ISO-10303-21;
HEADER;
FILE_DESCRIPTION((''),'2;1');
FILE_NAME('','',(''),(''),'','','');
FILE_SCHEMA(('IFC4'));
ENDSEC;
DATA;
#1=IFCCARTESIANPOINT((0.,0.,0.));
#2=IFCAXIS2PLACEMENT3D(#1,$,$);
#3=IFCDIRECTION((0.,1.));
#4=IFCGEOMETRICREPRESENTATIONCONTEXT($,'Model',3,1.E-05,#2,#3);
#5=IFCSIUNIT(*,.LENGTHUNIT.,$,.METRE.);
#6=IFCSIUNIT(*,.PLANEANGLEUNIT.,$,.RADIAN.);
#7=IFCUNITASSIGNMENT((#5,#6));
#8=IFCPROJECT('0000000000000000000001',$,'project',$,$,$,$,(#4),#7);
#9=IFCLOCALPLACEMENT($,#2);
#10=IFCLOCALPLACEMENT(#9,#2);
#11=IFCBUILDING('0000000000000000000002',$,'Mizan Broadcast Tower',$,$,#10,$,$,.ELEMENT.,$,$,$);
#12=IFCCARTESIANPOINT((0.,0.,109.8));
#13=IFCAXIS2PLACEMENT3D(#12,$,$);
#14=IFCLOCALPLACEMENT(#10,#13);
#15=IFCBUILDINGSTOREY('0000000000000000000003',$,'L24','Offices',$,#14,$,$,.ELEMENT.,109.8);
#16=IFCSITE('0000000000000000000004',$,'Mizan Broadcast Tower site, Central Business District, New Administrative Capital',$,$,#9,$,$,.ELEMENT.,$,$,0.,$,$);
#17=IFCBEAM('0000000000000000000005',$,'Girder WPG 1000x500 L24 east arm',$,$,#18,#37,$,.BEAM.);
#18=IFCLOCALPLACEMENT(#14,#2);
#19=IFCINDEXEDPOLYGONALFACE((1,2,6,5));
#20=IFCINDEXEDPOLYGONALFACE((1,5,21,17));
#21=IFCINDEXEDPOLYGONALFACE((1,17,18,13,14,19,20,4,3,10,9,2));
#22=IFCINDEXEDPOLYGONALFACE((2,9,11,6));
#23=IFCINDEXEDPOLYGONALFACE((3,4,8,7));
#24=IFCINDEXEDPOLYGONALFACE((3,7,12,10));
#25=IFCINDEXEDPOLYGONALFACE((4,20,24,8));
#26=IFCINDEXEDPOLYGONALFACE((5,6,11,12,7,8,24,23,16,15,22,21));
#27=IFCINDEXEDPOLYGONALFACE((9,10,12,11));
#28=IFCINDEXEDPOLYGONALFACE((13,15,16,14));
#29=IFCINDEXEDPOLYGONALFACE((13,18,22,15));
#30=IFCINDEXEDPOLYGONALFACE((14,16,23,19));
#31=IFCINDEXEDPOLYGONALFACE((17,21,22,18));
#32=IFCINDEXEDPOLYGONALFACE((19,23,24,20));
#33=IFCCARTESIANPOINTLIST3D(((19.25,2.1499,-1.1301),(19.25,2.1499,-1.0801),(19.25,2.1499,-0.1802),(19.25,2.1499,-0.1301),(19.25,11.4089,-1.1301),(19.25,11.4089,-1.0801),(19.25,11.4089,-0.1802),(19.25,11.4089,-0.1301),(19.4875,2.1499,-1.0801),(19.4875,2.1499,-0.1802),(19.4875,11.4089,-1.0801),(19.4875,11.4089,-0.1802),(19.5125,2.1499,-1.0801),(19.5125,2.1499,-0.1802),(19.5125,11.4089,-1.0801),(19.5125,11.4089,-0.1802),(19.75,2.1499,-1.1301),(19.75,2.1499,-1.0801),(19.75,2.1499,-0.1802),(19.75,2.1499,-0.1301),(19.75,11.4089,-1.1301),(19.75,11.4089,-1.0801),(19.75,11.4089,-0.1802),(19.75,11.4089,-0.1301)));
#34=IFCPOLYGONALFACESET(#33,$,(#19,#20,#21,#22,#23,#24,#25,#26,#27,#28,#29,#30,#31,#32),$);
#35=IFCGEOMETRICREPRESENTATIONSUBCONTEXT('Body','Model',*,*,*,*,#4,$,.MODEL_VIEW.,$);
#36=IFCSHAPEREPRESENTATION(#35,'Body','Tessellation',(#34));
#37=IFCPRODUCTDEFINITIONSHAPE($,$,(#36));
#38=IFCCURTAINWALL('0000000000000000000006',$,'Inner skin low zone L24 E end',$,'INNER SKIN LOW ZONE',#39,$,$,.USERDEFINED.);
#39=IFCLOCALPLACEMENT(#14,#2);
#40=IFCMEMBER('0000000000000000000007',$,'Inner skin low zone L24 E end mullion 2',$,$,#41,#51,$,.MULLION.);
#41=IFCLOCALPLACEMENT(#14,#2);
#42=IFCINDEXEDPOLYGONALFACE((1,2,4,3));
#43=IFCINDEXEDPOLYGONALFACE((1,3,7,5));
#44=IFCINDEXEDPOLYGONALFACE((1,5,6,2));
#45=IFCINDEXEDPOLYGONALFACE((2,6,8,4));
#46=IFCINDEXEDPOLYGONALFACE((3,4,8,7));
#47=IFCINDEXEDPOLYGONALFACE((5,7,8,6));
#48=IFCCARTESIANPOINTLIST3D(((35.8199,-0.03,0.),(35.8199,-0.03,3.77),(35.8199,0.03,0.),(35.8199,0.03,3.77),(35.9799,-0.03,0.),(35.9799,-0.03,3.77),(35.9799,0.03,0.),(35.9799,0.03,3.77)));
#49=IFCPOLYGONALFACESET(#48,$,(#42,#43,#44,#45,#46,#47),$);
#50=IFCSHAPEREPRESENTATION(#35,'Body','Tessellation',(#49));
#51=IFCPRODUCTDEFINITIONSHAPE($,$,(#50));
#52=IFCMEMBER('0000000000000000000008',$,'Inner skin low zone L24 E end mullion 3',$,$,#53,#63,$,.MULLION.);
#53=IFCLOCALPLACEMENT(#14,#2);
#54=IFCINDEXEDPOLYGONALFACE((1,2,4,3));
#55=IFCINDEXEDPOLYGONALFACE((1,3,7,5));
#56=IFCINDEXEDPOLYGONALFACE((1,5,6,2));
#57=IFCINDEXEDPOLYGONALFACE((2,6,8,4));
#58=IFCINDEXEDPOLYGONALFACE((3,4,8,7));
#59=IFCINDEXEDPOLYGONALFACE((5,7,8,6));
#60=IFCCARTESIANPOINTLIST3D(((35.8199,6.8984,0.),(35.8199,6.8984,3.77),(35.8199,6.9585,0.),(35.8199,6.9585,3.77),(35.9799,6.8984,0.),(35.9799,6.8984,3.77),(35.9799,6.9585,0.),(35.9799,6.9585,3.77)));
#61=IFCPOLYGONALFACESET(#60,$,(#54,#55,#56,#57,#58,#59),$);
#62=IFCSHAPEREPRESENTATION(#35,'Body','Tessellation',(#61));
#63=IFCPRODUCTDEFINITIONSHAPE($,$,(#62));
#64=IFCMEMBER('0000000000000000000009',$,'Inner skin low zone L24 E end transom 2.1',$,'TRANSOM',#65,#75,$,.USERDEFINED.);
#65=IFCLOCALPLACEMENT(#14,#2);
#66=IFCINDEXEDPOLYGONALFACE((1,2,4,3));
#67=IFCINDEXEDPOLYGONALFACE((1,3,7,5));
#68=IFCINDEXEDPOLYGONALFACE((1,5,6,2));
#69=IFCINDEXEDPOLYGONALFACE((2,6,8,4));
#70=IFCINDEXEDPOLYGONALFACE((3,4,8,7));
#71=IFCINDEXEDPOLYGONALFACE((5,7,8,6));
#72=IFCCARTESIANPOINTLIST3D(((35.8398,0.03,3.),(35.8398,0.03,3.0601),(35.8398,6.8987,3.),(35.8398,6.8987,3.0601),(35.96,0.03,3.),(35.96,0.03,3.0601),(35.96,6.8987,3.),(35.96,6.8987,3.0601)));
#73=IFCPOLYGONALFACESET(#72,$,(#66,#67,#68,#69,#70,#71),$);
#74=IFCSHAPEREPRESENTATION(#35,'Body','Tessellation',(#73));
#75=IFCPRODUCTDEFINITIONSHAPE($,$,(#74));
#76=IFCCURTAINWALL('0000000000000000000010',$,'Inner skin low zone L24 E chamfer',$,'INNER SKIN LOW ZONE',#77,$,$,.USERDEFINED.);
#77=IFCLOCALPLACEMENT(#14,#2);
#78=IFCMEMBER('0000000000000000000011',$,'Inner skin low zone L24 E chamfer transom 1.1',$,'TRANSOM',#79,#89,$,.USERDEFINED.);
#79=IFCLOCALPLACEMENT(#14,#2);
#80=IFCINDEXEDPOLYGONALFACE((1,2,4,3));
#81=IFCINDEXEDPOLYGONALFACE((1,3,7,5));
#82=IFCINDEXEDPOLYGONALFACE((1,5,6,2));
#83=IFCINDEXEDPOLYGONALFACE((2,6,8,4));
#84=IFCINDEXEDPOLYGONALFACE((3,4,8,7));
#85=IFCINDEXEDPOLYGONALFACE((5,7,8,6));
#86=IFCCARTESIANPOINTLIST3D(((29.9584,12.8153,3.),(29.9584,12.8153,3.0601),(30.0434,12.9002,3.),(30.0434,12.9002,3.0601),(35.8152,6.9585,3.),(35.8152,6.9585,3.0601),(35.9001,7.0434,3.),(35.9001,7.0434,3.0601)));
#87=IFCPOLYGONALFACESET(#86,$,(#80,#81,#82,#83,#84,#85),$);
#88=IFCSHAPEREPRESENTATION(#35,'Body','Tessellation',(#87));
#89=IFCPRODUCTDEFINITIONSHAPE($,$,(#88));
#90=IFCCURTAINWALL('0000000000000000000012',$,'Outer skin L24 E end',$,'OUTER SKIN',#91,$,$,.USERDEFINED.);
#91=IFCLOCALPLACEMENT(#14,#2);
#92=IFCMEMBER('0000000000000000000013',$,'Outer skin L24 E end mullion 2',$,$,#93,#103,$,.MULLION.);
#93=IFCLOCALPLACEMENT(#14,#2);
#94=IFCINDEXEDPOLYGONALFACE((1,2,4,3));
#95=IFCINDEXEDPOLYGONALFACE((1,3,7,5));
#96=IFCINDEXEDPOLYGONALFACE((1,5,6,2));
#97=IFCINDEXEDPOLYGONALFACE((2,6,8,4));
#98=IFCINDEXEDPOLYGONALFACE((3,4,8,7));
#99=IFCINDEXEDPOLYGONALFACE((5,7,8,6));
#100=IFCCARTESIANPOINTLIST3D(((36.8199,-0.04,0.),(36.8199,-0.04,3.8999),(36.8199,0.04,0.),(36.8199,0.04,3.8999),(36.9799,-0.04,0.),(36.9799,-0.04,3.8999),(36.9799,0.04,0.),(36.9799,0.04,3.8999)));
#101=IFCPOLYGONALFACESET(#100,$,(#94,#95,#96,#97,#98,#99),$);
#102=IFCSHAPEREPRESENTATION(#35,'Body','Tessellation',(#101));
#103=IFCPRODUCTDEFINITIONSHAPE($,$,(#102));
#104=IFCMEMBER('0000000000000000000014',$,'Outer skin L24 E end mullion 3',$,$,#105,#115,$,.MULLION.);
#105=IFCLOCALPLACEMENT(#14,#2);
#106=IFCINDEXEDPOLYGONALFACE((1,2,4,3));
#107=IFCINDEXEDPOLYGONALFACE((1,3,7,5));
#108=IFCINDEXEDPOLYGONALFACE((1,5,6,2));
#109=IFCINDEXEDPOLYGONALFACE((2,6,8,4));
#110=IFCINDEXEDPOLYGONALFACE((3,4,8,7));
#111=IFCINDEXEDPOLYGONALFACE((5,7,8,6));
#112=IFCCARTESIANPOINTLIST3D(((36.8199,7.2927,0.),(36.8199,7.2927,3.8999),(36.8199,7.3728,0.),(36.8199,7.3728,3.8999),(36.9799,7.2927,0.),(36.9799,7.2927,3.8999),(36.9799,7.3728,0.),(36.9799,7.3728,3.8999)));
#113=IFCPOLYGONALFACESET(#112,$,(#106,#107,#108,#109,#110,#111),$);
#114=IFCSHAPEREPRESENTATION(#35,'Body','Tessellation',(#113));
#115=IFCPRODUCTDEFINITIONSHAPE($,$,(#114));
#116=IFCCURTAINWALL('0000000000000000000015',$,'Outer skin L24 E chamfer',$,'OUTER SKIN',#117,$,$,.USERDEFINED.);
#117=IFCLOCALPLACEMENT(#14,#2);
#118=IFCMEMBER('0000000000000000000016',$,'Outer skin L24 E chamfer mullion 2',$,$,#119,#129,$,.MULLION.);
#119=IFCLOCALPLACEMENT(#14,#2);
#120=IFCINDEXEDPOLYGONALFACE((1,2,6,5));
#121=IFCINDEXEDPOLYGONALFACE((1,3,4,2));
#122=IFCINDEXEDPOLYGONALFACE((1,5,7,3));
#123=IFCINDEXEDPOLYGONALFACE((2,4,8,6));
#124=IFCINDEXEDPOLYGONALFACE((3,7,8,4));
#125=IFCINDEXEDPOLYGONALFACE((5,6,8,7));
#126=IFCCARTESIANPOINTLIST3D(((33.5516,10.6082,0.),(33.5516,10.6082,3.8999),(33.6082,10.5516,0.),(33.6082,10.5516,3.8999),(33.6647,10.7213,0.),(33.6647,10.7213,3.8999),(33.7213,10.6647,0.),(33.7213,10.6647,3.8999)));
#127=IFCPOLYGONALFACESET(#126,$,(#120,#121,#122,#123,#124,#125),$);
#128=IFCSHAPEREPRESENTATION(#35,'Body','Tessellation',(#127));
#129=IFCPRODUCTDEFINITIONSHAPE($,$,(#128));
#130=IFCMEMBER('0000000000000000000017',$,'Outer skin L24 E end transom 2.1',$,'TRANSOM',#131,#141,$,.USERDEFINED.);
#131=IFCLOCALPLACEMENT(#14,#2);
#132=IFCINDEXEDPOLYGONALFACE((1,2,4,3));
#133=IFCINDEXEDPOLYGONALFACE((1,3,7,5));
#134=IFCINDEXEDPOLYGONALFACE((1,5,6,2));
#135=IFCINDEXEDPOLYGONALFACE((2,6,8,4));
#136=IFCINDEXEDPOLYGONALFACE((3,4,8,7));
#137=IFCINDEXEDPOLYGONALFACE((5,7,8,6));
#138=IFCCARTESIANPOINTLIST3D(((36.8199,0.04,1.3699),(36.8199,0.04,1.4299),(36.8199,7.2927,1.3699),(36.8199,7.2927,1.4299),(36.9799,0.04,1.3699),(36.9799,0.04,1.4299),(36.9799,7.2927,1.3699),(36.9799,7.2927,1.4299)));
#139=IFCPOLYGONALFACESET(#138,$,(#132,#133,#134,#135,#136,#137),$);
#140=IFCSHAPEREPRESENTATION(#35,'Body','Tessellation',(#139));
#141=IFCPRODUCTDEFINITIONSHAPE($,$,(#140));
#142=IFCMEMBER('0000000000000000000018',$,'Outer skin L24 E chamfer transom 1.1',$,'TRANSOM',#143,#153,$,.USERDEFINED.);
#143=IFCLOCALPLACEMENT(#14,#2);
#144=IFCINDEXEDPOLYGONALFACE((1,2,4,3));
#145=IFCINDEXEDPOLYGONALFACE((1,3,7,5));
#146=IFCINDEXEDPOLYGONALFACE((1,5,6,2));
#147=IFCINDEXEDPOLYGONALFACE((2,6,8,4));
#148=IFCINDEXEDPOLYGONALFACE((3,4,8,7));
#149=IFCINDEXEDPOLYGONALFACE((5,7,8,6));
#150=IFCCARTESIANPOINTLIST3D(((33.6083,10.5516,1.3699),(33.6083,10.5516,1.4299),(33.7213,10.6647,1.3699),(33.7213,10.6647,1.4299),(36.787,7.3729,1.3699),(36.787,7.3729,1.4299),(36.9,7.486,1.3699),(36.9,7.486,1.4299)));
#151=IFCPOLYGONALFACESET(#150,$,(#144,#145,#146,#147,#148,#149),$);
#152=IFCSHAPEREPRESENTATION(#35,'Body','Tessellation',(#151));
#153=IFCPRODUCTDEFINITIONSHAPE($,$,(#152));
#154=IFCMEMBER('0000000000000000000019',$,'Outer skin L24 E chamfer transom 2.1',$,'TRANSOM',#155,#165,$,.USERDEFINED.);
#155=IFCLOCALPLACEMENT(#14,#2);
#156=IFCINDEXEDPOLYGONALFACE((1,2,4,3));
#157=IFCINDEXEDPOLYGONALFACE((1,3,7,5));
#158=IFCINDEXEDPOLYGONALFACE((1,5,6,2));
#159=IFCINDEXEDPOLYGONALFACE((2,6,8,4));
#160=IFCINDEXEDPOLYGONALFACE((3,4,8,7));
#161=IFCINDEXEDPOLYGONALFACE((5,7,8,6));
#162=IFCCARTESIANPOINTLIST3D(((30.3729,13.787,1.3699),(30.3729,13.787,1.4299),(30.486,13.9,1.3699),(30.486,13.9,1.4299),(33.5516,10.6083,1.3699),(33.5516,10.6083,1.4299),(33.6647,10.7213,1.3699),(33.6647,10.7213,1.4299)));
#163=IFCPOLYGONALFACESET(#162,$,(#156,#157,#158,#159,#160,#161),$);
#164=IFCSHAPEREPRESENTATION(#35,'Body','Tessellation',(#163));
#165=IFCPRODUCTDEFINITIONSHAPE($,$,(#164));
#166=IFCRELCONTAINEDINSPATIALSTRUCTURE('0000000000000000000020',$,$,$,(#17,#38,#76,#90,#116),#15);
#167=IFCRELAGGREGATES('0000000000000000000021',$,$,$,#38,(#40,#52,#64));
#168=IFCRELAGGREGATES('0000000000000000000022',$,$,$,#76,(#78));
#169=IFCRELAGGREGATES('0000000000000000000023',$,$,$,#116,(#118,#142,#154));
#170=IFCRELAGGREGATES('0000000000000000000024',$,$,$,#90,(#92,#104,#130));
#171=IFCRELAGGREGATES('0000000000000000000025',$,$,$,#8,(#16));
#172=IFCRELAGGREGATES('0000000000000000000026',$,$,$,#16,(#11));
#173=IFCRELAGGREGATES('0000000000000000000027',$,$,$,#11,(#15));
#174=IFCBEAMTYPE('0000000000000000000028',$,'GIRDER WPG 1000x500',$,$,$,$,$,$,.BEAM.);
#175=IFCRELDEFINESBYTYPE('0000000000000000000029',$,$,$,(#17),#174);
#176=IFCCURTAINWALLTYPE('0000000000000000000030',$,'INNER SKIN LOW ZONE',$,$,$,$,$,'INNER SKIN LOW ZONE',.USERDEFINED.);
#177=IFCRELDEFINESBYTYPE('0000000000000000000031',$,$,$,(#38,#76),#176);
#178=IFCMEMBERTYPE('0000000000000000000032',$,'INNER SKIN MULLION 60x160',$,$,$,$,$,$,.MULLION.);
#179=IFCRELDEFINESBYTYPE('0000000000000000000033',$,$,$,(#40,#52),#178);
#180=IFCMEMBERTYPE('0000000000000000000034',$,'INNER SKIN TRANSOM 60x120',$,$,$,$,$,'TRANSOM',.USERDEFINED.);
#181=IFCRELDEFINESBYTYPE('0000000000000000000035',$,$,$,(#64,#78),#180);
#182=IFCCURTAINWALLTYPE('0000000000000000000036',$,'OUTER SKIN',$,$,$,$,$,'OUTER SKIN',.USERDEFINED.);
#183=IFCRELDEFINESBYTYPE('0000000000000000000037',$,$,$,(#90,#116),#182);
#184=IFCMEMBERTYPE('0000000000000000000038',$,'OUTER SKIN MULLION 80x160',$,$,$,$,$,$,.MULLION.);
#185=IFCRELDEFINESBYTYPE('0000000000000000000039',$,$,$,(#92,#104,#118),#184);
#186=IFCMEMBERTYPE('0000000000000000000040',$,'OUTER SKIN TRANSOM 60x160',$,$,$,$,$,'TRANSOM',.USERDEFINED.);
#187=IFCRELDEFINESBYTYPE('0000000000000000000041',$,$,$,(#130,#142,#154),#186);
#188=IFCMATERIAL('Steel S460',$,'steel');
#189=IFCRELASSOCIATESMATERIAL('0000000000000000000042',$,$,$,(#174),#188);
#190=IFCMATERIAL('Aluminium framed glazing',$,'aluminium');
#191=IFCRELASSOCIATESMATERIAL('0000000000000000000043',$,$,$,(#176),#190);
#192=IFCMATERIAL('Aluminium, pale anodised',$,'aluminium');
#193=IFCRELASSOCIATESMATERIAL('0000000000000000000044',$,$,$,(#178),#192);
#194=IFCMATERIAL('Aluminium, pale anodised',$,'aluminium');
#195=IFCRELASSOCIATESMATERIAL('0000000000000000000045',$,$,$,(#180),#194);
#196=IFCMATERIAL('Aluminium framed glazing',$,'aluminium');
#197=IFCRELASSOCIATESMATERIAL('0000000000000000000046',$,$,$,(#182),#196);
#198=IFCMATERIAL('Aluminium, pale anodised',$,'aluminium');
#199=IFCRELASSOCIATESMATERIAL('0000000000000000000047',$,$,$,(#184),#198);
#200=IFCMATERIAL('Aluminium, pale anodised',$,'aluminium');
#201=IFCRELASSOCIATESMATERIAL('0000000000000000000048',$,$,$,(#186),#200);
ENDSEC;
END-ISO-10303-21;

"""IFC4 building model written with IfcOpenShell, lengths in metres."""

from ifc_helpers import new_model, si_unit, direction, frame, origin, origin_2d, place, context, subcontext, project, spatial, rectangle, i_section, extrude, material, material_profile, profile_set, type_object, element, aggregate, save


model = new_model("IFC4")

# Units and contexts
model_context = context("Model", 3, precision=1e-05, world=origin(), true_north=direction((0.0, 1.0)))
body_context = subcontext(model_context, "Body", "Model", "MODEL_VIEW")
ifc_project = project(units=[si_unit("LENGTHUNIT", "METRE"), si_unit("PLANEANGLEUNIT", "RADIAN")], contexts=[model_context])

# Site, building, storey
site_placement = place(None, origin())
site = spatial("IfcSite", under=ifc_project, at=site_placement, Name="Mizan Broadcast Tower site, Central Business District, New Administrative Capital", CompositionType="ELEMENT", RefElevation=0.0)
building_placement = place(site_placement, origin())
building = spatial("IfcBuilding", under=site, at=building_placement, Name="Mizan Broadcast Tower", CompositionType="ELEMENT")
storey_placement = place(building_placement, frame((0.0, 0.0, 109.8)))
storey = spatial("IfcBuildingStorey", under=building, at=storey_placement, Name="L24", Description="Offices", CompositionType="ELEMENT", Elevation=109.8)

# Beam
ifc_material_1 = material(Name="Steel S460", Category="steel")
ifc_material_profile_1 = material_profile(ifc_material_1, i_section(OverallWidth=0.5, OverallDepth=1.0, WebThickness=0.0249, FlangeThickness=0.05, at=origin_2d()), Name="WPG 1000x500")
ifc_profile_set_1 = profile_set([ifc_material_profile_1], Name="Steel S460")
beam_type_1 = type_object("IfcBeamType", Name="GIRDER WPG 1000x500", PredefinedType="BEAM", material=ifc_profile_set_1)
beam_1_placement = place(storey_placement, frame((19.5, 11.4089, -0.6301), z_axis=(0.0, -1.0, 0.0), x_axis=(1.0, 0.0, 0.0)))
element("IfcBeam", 1, at=beam_1_placement, inside=storey, type_object=beam_type_1, Name="Girder WPG 1000x500 L24 east arm", PredefinedType="BEAM", context=body_context, shape_type="SweptSolid", body=[
    extrude(i_section(OverallWidth=0.5, OverallDepth=1.0, WebThickness=0.0249, FlangeThickness=0.05, at=origin_2d()), origin(), (0.0, 0.0, 1.0), 9.259),
])

# Curtain wall, members
ifc_material_2 = material(Name="Aluminium framed glazing", Category="aluminium")
curtain_wall_type_1 = type_object("IfcCurtainWallType", Name="INNER SKIN LOW ZONE", ElementType="INNER SKIN LOW ZONE", PredefinedType="USERDEFINED", material=ifc_material_2)
curtain_wall_1_placement = place(storey_placement, origin())
curtain_wall_1 = element("IfcCurtainWall", 2, at=curtain_wall_1_placement, inside=storey, type_object=curtain_wall_type_1, Name="Inner skin low zone L24 E end", ObjectType="INNER SKIN LOW ZONE", PredefinedType="USERDEFINED")
ifc_material_3 = material(Name="Aluminium, pale anodised", Category="aluminium")
ifc_material_profile_2 = material_profile(ifc_material_3, rectangle(XDim=0.1599, YDim=0.0601, at=origin_2d()), Name="MULLION 160x60")
ifc_profile_set_2 = profile_set([ifc_material_profile_2], Name="Aluminium, pale anodised")
member_type_1 = type_object("IfcMemberType", Name="INNER SKIN MULLION 60x160", PredefinedType="MULLION", material=ifc_profile_set_2)
member_1_placement = place(storey_placement, frame((35.8999, 0.0, 0.0), z_axis=(0.0, 0.0, 1.0), x_axis=(-1.0, 0.0, 0.0)))
member_1 = element("IfcMember", 3, at=member_1_placement, type_object=member_type_1, Name="Inner skin low zone L24 E end mullion 2", PredefinedType="MULLION", context=body_context, shape_type="SweptSolid", body=[
    extrude(rectangle(XDim=0.1599, YDim=0.0601, at=origin_2d()), origin(), (0.0, 0.0, 1.0), 3.77),
])
member_2_placement = place(storey_placement, frame((35.8999, 6.9285, 0.0), z_axis=(0.0, 0.0, 1.0), x_axis=(-1.0, 0.0, 0.0)))
member_2 = element("IfcMember", 4, at=member_2_placement, type_object=member_type_1, Name="Inner skin low zone L24 E end mullion 3", PredefinedType="MULLION", context=body_context, shape_type="SweptSolid", body=[
    extrude(rectangle(XDim=0.1599, YDim=0.0601, at=origin_2d()), origin(), (0.0, 0.0, 1.0), 3.77),
])
ifc_material_4 = material(Name="Aluminium, pale anodised", Category="aluminium")
ifc_material_profile_3 = material_profile(ifc_material_4, rectangle(XDim=0.1201, YDim=0.0601, at=origin_2d()), Name="TRANSOM 120x60")
ifc_profile_set_3 = profile_set([ifc_material_profile_3], Name="Aluminium, pale anodised")
member_type_2 = type_object("IfcMemberType", Name="INNER SKIN TRANSOM 60x120", ElementType="TRANSOM", PredefinedType="USERDEFINED", material=ifc_profile_set_3)
member_3_placement = place(storey_placement, frame((35.8999, 0.03, 3.03), z_axis=(0.0, 1.0, 0.0), x_axis=(-1.0, 0.0, 0.0)))
member_3 = element("IfcMember", 5, at=member_3_placement, type_object=member_type_2, Name="Inner skin low zone L24 E end transom 2.1", ObjectType="TRANSOM", PredefinedType="USERDEFINED", context=body_context, shape_type="SweptSolid", body=[
    extrude(rectangle(XDim=0.1201, YDim=0.0601, at=origin_2d()), origin(), (0.0, 0.0, 1.0), 6.8687),
])

# Curtain wall, member
curtain_wall_2_placement = place(storey_placement, origin())
curtain_wall_2 = element("IfcCurtainWall", 6, at=curtain_wall_2_placement, inside=storey, type_object=curtain_wall_type_1, Name="Inner skin low zone L24 E chamfer", ObjectType="INNER SKIN LOW ZONE", PredefinedType="USERDEFINED")
member_4_placement = place(storey_placement, frame((35.8577, 7.001, 3.03), z_axis=(-0.707107, 0.707107, 0.0), x_axis=(-0.707107, -0.707107, 0.0)))
member_4 = element("IfcMember", 7, at=member_4_placement, type_object=member_type_2, Name="Inner skin low zone L24 E chamfer transom 1.1", ObjectType="TRANSOM", PredefinedType="USERDEFINED", context=body_context, shape_type="SweptSolid", body=[
    extrude(rectangle(XDim=0.1201, YDim=0.0601, at=origin_2d()), origin(), (0.0, 0.0, 1.0), 8.2827),
])

# Curtain wall, members
ifc_material_5 = material(Name="Aluminium framed glazing", Category="aluminium")
curtain_wall_type_2 = type_object("IfcCurtainWallType", Name="OUTER SKIN", ElementType="OUTER SKIN", PredefinedType="USERDEFINED", material=ifc_material_5)
curtain_wall_3_placement = place(storey_placement, origin())
curtain_wall_3 = element("IfcCurtainWall", 8, at=curtain_wall_3_placement, inside=storey, type_object=curtain_wall_type_2, Name="Outer skin L24 E end", ObjectType="OUTER SKIN", PredefinedType="USERDEFINED")
ifc_material_6 = material(Name="Aluminium, pale anodised", Category="aluminium")
ifc_material_profile_4 = material_profile(ifc_material_6, rectangle(XDim=0.1599, YDim=0.0801, at=origin_2d()), Name="MULLION 160x80")
ifc_profile_set_4 = profile_set([ifc_material_profile_4], Name="Aluminium, pale anodised")
member_type_3 = type_object("IfcMemberType", Name="OUTER SKIN MULLION 80x160", PredefinedType="MULLION", material=ifc_profile_set_4)
member_5_placement = place(storey_placement, frame((36.8999, 0.0, 0.0), z_axis=(0.0, 0.0, 1.0), x_axis=(-1.0, 0.0, 0.0)))
member_5 = element("IfcMember", 9, at=member_5_placement, type_object=member_type_3, Name="Outer skin L24 E end mullion 2", PredefinedType="MULLION", context=body_context, shape_type="SweptSolid", body=[
    extrude(rectangle(XDim=0.1599, YDim=0.0801, at=origin_2d()), origin(), (0.0, 0.0, 1.0), 3.8999),
])
member_6_placement = place(storey_placement, frame((36.8999, 7.3328, 0.0), z_axis=(0.0, 0.0, 1.0), x_axis=(-1.0, 0.0, 0.0)))
member_6 = element("IfcMember", 10, at=member_6_placement, type_object=member_type_3, Name="Outer skin L24 E end mullion 3", PredefinedType="MULLION", context=body_context, shape_type="SweptSolid", body=[
    extrude(rectangle(XDim=0.1599, YDim=0.0801, at=origin_2d()), origin(), (0.0, 0.0, 1.0), 3.8999),
])

# Curtain wall, member
curtain_wall_4_placement = place(storey_placement, origin())
curtain_wall_4 = element("IfcCurtainWall", 11, at=curtain_wall_4_placement, inside=storey, type_object=curtain_wall_type_2, Name="Outer skin L24 E chamfer", ObjectType="OUTER SKIN", PredefinedType="USERDEFINED")
member_7_placement = place(storey_placement, frame((33.6365, 10.6365, 0.0), z_axis=(0.0, 0.0, 1.0), x_axis=(-0.707107, -0.707107, 0.0)))
member_7 = element("IfcMember", 12, at=member_7_placement, type_object=member_type_3, Name="Outer skin L24 E chamfer mullion 2", PredefinedType="MULLION", context=body_context, shape_type="SweptSolid", body=[
    extrude(rectangle(XDim=0.1599, YDim=0.0801, at=origin_2d()), origin(), (0.0, 0.0, 1.0), 3.8999),
])

# Members
ifc_material_7 = material(Name="Aluminium, pale anodised", Category="aluminium")
ifc_material_profile_5 = material_profile(ifc_material_7, rectangle(XDim=0.1599, YDim=0.0601, at=origin_2d()), Name="TRANSOM 160x60")
ifc_profile_set_5 = profile_set([ifc_material_profile_5], Name="Aluminium, pale anodised")
member_type_4 = type_object("IfcMemberType", Name="OUTER SKIN TRANSOM 60x160", ElementType="TRANSOM", PredefinedType="USERDEFINED", material=ifc_profile_set_5)
member_8_placement = place(storey_placement, frame((36.8999, 0.04, 1.3999), z_axis=(0.0, 1.0, 0.0), x_axis=(-1.0, 0.0, 0.0)))
member_8 = element("IfcMember", 13, at=member_8_placement, type_object=member_type_4, Name="Outer skin L24 E end transom 2.1", ObjectType="TRANSOM", PredefinedType="USERDEFINED", context=body_context, shape_type="SweptSolid", body=[
    extrude(rectangle(XDim=0.1599, YDim=0.0601, at=origin_2d()), origin(), (0.0, 0.0, 1.0), 7.2527),
])
member_9_placement = place(storey_placement, frame((36.8435, 7.4294, 1.3999), z_axis=(-0.707107, 0.707107, 0.0), x_axis=(-0.707107, -0.707107, 0.0)))
member_9 = element("IfcMember", 14, at=member_9_placement, type_object=member_type_4, Name="Outer skin L24 E chamfer transom 1.1", ObjectType="TRANSOM", PredefinedType="USERDEFINED", context=body_context, shape_type="SweptSolid", body=[
    extrude(rectangle(XDim=0.1599, YDim=0.0601, at=origin_2d()), origin(), (0.0, 0.0, 1.0), 4.4954),
])
member_10_placement = place(storey_placement, frame((33.6082, 10.6648, 1.3999), z_axis=(-0.707107, 0.707107, 0.0), x_axis=(-0.707107, -0.707107, 0.0)))
member_10 = element("IfcMember", 15, at=member_10_placement, type_object=member_type_4, Name="Outer skin L24 E chamfer transom 2.1", ObjectType="TRANSOM", PredefinedType="USERDEFINED", context=body_context, shape_type="SweptSolid", body=[
    extrude(rectangle(XDim=0.1599, YDim=0.0601, at=origin_2d()), origin(), (0.0, 0.0, 1.0), 4.4954),
])

aggregate(curtain_wall_1, [member_1, member_2, member_3])
aggregate(curtain_wall_2, [member_4])
aggregate(curtain_wall_4, [member_7, member_9, member_10])
aggregate(curtain_wall_3, [member_5, member_6, member_8])

save(model, "model.ifc")
